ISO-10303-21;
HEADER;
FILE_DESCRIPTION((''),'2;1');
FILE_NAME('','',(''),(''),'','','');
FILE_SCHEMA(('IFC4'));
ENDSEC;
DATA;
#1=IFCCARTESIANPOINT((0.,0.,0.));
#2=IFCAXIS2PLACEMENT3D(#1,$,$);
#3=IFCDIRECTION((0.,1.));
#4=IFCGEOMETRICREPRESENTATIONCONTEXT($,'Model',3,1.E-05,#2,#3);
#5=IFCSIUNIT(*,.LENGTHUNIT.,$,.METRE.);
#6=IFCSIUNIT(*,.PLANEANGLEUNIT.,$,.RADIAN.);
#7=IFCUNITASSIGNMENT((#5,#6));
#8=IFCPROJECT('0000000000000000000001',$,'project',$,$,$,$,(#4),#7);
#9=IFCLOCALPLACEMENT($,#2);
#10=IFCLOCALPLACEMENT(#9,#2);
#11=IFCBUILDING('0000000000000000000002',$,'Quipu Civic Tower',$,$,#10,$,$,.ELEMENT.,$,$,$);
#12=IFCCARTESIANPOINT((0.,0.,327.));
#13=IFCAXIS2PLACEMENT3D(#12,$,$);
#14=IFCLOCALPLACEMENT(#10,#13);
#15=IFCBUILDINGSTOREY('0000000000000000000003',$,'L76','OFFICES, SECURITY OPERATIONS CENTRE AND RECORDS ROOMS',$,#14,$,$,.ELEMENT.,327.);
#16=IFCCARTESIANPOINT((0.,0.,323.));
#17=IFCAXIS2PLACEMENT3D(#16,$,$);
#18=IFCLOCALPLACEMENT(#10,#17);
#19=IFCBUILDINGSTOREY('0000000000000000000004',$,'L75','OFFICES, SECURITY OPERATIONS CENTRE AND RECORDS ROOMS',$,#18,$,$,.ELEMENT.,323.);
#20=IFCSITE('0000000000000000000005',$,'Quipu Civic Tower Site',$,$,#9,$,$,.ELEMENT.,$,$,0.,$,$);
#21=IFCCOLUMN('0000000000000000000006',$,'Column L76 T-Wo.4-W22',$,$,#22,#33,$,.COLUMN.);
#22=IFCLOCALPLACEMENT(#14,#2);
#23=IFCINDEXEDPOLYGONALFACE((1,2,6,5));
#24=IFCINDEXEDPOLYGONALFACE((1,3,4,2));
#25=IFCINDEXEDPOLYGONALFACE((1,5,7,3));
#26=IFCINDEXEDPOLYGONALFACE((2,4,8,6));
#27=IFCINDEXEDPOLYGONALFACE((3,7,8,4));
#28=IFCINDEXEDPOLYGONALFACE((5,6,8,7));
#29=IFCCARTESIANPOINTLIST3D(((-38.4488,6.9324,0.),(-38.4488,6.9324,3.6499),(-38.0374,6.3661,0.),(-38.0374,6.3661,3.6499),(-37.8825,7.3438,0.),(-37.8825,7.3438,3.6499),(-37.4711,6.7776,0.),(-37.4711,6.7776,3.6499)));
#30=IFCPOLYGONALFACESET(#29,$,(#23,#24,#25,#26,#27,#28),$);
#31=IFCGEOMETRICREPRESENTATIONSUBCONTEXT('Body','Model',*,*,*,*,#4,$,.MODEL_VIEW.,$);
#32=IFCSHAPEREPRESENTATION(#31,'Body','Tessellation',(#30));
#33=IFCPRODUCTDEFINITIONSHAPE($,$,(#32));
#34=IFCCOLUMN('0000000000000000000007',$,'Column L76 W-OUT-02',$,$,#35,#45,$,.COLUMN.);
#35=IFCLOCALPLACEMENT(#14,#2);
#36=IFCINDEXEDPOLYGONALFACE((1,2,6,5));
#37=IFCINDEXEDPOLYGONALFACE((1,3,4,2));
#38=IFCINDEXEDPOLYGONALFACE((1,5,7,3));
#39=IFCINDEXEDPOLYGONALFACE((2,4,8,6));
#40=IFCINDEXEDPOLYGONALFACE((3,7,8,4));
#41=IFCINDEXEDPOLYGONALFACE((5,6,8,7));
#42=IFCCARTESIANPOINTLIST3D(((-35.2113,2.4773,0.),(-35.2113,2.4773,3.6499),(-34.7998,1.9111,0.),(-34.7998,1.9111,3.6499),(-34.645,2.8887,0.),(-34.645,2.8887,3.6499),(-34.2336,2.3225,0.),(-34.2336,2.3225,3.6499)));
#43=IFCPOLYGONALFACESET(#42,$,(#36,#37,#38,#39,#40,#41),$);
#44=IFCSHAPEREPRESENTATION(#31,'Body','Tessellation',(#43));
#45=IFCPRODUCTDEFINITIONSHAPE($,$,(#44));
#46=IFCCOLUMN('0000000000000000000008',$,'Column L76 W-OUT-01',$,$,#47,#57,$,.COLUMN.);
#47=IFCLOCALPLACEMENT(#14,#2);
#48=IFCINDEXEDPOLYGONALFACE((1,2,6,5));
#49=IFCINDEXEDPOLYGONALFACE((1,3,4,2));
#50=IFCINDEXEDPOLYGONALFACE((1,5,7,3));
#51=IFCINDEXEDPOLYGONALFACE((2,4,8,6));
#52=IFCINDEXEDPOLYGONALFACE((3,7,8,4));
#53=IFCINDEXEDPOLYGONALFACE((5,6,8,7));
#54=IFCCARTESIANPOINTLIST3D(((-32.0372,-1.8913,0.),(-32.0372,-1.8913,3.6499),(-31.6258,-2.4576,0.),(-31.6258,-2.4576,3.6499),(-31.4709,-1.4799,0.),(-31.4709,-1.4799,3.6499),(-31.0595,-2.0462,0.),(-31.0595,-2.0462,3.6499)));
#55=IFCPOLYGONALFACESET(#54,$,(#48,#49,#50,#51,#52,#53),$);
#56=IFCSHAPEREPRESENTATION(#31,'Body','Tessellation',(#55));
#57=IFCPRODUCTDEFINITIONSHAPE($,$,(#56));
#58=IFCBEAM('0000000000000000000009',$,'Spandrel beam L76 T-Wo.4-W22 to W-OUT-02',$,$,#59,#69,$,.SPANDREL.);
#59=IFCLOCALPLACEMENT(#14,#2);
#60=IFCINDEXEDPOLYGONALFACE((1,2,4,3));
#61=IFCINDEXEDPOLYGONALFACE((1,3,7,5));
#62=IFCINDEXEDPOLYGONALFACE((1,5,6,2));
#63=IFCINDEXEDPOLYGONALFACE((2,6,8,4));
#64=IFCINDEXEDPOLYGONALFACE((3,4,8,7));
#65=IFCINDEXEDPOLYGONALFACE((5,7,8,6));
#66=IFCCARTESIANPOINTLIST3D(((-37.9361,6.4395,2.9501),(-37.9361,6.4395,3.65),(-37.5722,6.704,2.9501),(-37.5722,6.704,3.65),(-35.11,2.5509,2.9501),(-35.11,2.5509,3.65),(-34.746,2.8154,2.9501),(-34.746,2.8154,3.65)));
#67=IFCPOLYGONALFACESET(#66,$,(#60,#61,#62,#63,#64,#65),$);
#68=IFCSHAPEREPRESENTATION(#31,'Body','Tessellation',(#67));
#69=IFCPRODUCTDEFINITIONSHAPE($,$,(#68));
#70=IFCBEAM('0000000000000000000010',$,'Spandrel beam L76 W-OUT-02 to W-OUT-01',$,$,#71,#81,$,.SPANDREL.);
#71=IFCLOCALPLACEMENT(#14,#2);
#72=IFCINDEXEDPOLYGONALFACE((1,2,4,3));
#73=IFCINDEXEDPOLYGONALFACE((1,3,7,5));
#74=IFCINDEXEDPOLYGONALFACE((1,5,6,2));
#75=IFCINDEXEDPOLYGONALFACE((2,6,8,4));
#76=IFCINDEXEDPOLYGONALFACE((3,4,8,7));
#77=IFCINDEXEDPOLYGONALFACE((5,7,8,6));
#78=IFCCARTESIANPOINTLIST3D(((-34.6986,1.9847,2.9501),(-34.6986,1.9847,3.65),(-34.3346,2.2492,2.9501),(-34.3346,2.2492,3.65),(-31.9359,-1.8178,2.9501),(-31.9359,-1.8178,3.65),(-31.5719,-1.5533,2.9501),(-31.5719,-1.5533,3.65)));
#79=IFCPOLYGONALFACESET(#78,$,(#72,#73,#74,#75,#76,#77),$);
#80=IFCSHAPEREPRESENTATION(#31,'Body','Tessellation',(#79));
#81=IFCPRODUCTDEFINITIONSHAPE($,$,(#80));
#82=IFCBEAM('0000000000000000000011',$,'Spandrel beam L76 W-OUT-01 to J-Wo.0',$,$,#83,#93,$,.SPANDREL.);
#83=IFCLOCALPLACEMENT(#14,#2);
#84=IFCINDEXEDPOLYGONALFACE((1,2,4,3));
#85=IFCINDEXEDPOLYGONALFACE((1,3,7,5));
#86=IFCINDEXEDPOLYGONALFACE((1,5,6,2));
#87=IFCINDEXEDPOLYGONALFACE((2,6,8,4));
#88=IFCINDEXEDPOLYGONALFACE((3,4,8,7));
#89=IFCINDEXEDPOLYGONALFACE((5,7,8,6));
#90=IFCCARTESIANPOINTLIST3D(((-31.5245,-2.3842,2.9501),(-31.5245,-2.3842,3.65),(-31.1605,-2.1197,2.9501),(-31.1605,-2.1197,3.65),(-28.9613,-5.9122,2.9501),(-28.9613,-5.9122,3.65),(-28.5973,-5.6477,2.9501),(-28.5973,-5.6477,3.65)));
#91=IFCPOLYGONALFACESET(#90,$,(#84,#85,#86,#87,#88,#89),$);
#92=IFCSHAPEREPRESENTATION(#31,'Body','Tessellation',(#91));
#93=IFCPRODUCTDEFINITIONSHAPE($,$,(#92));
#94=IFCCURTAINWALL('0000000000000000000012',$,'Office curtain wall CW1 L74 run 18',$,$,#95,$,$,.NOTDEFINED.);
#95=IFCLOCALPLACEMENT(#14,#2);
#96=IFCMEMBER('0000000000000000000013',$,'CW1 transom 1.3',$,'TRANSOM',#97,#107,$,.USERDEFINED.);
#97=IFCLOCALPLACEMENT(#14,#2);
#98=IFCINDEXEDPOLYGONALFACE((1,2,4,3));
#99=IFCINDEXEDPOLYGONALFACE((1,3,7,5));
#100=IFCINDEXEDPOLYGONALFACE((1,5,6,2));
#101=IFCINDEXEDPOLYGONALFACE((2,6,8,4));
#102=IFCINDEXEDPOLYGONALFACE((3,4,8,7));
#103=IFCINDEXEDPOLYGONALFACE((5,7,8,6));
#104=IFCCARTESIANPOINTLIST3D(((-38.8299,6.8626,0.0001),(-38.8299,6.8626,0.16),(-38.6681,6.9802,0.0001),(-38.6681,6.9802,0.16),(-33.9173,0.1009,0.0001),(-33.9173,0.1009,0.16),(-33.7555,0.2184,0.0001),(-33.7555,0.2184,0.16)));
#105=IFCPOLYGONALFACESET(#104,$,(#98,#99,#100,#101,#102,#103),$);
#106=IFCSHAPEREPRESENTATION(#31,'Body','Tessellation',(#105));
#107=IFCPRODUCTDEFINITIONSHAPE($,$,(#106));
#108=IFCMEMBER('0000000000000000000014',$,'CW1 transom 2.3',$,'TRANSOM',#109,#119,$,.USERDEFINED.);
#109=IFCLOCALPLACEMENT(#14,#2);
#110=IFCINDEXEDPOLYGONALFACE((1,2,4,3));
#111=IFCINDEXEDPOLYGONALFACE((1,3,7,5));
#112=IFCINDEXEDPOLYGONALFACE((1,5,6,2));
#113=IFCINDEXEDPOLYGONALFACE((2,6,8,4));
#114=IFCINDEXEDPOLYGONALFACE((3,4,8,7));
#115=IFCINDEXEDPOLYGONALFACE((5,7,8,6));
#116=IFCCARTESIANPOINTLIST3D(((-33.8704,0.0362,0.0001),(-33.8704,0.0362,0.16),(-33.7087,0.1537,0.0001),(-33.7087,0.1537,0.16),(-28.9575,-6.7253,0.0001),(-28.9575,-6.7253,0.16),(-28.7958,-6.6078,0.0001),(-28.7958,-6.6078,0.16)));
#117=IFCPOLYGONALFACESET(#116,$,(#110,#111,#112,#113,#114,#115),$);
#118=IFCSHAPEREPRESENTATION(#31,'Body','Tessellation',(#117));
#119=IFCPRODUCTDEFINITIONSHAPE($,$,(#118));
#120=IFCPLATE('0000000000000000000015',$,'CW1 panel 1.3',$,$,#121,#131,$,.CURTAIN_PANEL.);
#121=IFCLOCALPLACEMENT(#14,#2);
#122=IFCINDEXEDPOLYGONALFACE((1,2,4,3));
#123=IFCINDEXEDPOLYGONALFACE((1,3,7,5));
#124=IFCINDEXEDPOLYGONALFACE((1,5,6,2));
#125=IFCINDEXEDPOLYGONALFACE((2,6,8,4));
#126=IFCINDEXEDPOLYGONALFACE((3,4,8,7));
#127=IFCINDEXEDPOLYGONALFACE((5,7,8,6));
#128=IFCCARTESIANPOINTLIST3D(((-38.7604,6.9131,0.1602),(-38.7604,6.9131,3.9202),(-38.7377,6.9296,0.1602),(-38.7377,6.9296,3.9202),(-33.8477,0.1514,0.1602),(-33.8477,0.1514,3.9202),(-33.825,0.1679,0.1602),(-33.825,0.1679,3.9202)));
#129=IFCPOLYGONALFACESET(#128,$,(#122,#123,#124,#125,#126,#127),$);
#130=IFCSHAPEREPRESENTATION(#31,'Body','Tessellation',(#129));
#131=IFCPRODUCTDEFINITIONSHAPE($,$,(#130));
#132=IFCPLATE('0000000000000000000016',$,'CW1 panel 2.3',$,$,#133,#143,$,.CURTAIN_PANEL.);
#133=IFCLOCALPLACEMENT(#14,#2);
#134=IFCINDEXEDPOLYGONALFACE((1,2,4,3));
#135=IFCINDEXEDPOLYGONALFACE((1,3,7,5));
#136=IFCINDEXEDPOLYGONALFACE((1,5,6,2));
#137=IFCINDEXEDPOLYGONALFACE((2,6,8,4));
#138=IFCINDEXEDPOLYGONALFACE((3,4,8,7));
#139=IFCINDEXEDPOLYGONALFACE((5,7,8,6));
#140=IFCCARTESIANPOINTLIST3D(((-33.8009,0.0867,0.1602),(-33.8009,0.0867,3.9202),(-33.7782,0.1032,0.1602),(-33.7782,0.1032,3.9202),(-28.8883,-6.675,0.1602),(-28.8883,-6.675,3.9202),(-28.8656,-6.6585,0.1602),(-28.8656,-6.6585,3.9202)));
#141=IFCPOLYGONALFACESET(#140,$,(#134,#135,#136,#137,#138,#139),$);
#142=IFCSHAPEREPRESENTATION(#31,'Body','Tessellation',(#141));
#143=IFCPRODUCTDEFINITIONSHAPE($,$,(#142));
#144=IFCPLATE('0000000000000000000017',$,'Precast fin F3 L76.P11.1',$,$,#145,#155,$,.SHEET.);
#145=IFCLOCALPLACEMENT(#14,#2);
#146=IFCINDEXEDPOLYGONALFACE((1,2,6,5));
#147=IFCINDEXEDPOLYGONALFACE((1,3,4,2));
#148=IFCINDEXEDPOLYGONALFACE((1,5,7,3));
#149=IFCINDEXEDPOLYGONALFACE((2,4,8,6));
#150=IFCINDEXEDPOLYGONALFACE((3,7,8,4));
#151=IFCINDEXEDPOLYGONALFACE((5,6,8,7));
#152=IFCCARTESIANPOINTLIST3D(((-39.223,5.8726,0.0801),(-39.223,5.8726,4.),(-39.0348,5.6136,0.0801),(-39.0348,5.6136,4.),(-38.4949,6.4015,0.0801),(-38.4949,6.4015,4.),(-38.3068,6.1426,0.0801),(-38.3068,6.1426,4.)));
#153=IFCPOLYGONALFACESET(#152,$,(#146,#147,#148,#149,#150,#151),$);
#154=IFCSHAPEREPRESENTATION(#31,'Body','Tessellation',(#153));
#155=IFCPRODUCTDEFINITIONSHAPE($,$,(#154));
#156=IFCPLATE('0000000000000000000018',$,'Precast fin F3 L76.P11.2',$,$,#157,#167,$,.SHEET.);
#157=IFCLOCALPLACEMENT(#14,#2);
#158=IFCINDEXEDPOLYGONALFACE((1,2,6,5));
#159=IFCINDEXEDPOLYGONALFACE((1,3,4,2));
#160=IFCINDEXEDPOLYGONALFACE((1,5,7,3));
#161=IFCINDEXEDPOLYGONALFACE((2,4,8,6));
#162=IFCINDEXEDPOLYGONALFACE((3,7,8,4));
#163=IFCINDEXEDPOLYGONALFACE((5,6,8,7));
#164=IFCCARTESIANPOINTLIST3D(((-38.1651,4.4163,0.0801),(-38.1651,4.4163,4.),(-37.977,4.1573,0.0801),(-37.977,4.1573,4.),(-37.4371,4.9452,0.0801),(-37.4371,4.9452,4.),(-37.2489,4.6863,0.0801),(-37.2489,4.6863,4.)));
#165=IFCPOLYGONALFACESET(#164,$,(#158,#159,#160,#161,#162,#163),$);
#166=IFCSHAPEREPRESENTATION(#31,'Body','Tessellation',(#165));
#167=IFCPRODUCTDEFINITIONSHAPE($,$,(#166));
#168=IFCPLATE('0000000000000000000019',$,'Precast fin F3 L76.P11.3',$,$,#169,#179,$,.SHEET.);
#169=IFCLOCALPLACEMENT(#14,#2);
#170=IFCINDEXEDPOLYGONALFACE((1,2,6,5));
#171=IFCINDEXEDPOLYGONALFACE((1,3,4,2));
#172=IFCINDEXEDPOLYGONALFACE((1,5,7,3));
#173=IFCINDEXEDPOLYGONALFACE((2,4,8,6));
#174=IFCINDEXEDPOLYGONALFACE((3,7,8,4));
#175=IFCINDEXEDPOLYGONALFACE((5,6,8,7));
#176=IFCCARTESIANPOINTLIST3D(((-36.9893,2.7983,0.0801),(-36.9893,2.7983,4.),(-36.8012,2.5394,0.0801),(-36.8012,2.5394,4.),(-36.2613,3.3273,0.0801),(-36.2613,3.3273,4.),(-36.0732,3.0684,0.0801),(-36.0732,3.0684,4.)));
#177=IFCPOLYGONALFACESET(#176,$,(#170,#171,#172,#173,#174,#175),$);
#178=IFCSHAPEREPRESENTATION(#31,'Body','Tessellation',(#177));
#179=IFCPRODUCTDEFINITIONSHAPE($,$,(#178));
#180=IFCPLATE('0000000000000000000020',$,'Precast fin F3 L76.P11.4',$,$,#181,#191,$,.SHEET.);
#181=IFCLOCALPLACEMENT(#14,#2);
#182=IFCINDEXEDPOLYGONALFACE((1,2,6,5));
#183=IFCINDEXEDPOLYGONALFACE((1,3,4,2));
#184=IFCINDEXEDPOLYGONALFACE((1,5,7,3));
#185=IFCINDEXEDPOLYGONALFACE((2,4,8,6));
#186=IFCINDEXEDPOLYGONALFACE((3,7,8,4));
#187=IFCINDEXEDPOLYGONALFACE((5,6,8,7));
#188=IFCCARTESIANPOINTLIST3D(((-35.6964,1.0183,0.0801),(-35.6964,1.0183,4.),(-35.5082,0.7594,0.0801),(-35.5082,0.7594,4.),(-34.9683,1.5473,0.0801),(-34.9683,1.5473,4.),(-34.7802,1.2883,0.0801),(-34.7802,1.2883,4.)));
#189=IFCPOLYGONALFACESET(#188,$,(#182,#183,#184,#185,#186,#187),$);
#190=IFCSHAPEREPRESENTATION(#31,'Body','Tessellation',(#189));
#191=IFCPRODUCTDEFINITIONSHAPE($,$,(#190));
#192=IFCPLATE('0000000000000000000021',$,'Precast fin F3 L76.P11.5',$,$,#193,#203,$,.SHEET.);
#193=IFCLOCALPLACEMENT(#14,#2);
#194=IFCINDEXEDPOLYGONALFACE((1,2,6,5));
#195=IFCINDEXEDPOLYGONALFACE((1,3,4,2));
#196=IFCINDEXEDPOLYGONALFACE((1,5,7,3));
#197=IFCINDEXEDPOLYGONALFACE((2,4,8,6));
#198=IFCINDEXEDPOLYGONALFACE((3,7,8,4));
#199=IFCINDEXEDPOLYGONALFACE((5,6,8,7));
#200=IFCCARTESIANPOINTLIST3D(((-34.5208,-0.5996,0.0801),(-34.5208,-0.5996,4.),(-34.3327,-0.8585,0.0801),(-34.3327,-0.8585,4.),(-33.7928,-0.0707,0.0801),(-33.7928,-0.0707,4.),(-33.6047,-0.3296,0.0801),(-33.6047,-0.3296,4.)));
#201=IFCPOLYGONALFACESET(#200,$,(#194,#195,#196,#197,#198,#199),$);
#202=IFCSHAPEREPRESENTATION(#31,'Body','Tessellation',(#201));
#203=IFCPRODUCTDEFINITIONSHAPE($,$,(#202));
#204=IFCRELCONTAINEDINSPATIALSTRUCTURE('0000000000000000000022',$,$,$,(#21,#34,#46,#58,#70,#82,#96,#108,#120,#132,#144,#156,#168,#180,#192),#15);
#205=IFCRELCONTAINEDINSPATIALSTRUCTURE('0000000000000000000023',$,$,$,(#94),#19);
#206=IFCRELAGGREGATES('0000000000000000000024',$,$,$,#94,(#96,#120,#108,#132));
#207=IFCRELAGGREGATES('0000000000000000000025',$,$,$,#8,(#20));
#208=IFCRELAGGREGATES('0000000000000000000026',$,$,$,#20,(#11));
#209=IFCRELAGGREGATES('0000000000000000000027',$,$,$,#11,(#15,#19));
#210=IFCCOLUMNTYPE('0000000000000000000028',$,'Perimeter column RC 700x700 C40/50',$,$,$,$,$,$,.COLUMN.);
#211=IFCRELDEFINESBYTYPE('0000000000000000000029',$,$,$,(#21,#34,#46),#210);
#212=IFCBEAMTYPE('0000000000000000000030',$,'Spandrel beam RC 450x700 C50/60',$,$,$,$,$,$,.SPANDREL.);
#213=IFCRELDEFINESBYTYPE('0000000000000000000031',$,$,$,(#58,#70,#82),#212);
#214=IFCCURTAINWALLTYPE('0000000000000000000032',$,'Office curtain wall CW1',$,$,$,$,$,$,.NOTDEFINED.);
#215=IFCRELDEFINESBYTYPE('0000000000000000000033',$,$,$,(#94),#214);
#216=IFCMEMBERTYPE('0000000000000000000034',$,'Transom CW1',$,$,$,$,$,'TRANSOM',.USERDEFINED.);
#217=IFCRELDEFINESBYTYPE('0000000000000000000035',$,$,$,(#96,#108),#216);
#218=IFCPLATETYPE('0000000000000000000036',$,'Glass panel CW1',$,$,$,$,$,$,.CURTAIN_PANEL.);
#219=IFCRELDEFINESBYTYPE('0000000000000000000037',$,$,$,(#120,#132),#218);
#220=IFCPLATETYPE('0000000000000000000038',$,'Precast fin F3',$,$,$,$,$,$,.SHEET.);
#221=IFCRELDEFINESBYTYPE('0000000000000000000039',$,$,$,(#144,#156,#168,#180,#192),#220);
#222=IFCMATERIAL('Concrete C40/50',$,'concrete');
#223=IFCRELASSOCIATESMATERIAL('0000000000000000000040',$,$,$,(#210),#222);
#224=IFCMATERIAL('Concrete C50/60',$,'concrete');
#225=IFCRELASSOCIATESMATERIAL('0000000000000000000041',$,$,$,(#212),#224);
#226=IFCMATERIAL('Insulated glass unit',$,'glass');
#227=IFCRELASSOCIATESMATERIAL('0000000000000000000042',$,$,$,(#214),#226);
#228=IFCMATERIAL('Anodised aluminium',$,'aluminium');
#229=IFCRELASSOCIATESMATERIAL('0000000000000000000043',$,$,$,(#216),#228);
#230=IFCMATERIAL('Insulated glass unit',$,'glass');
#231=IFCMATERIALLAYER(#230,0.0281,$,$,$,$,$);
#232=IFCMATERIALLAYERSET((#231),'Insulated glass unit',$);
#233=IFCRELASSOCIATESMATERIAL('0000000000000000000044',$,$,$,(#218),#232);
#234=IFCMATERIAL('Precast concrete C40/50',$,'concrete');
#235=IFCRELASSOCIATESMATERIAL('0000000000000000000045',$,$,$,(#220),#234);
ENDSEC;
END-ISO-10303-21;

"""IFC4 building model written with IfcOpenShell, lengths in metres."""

from ifc_helpers import new_model, si_unit, direction, frame, origin, origin_2d, place, context, subcontext, project, spatial, rectangle, extrude, material, layer, layer_set, material_profile, profile_set, type_object, element, aggregate, save


model = new_model("IFC4")

# Units and contexts
model_context = context("Model", 3, precision=1e-05, world=origin(), true_north=direction((0.0, 1.0)))
body_context = subcontext(model_context, "Body", "Model", "MODEL_VIEW")
ifc_project = project(units=[si_unit("LENGTHUNIT", "METRE"), si_unit("PLANEANGLEUNIT", "RADIAN")], contexts=[model_context])

# Site, building, storey
site_placement = place(None, origin())
site = spatial("IfcSite", under=ifc_project, at=site_placement, Name="Quipu Civic Tower Site", CompositionType="ELEMENT", RefElevation=0.0)
building_placement = place(site_placement, origin())
building = spatial("IfcBuilding", under=site, at=building_placement, Name="Quipu Civic Tower", CompositionType="ELEMENT")
storey_1_placement = place(building_placement, frame((0.0, 0.0, 327.0)))
storey_1 = spatial("IfcBuildingStorey", under=building, at=storey_1_placement, Name="L76", Description="OFFICES, SECURITY OPERATIONS CENTRE AND RECORDS ROOMS", CompositionType="ELEMENT", Elevation=327.0)

# Columns
ifc_material_1 = material(Name="Concrete C40/50", Category="concrete")
ifc_material_profile_1 = material_profile(ifc_material_1, rectangle(XDim=0.7, YDim=0.7, at=origin_2d()), Name="RC700x700")
ifc_profile_set_1 = profile_set([ifc_material_profile_1], Name="Concrete C40/50")
column_type = type_object("IfcColumnType", Name="Perimeter column RC 700x700 C40/50", PredefinedType="COLUMN", material=ifc_profile_set_1)
for number, where, z_axis, x_axis, name in (
    (1, (-37.96, 6.855, 0.0), (0.0, 0.0, 1.0), (0.587785, -0.809017, 0.0), "Column L76 T-Wo.4-W22"),
    (2, (-34.7224, 2.3999, 0.0), (0.0, 0.0, 1.0), (0.587785, -0.809017, 0.0), "Column L76 W-OUT-02"),
    (3, (-31.5483, -1.9688, 0.0), (0.0, 0.0, 1.0), (0.587785, -0.809017, 0.0), "Column L76 W-OUT-01"),
):
    element("IfcColumn", number, at=place(storey_1_placement, frame(where, z_axis=z_axis, x_axis=x_axis)), inside=storey_1, type_object=column_type, Name=name, PredefinedType="COLUMN", context=body_context, shape_type="SweptSolid", body=[
        extrude(rectangle(XDim=0.7, YDim=0.7, at=origin_2d()), origin(), (0.0, 0.0, 1.0), 3.6499),
    ])

# Beams
ifc_material_2 = material(Name="Concrete C50/60", Category="concrete")
ifc_material_profile_2 = material_profile(ifc_material_2, rectangle(XDim=0.45, YDim=0.7, at=origin_2d()), Name="RC450x700")
ifc_profile_set_2 = profile_set([ifc_material_profile_2], Name="Concrete C50/60")
beam_type = type_object("IfcBeamType", Name="Spandrel beam RC 450x700 C50/60", PredefinedType="SPANDREL", material=ifc_profile_set_2)
beam_1_placement = place(storey_1_placement, frame((-37.7542, 6.5718, 3.3), z_axis=(0.587906, -0.808929, 0.0), x_axis=(0.808929, 0.587906, 0.0)))
element("IfcBeam", 4, at=beam_1_placement, inside=storey_1, type_object=beam_type, Name="Spandrel beam L76 T-Wo.4-W22 to W-OUT-02", PredefinedType="SPANDREL", context=body_context, shape_type="SweptSolid", body=[
    extrude(rectangle(XDim=0.45, YDim=0.7, at=origin_2d()), origin(), (0.0, 0.0, 1.0), 4.8071),
])
beam_2_placement = place(storey_1_placement, frame((-34.5166, 2.1169, 3.3), z_axis=(0.587789, -0.809015, 0.0), x_axis=(0.809015, 0.587789, 0.0)))
element("IfcBeam", 5, at=beam_2_placement, inside=storey_1, type_object=beam_type, Name="Spandrel beam L76 W-OUT-02 to W-OUT-01", PredefinedType="SPANDREL", context=body_context, shape_type="SweptSolid", body=[
    extrude(rectangle(XDim=0.45, YDim=0.7, at=origin_2d()), origin(), (0.0, 0.0, 1.0), 4.7002),
])
beam_3_placement = place(storey_1_placement, frame((-31.3425, -2.252, 3.3), z_axis=(0.587776, -0.809024, 0.0), x_axis=(0.809024, 0.587776, 0.0)))
element("IfcBeam", 6, at=beam_3_placement, inside=storey_1, type_object=beam_type, Name="Spandrel beam L76 W-OUT-01 to J-Wo.0", PredefinedType="SPANDREL", context=body_context, shape_type="SweptSolid", body=[
    extrude(rectangle(XDim=0.45, YDim=0.7, at=origin_2d()), origin(), (0.0, 0.0, 1.0), 4.3608),
])

# Shared definitions
storey_2_placement = place(building_placement, frame((0.0, 0.0, 323.0)))
storey_2 = spatial("IfcBuildingStorey", under=building, at=storey_2_placement, Name="L75", Description="OFFICES, SECURITY OPERATIONS CENTRE AND RECORDS ROOMS", CompositionType="ELEMENT", Elevation=323.0)

# Curtain wall, members, plates
ifc_material_3 = material(Name="Insulated glass unit", Category="glass")
curtain_wall_type = type_object("IfcCurtainWallType", Name="Office curtain wall CW1", PredefinedType="NOTDEFINED", material=ifc_material_3)
curtain_wall_placement = place(storey_2_placement, origin())
curtain_wall = element("IfcCurtainWall", 7, at=curtain_wall_placement, inside=storey_2, type_object=curtain_wall_type, Name="Office curtain wall CW1 L74 run 18", PredefinedType="NOTDEFINED")
ifc_material_4 = material(Name="Anodised aluminium", Category="aluminium")
ifc_material_profile_3 = material_profile(ifc_material_4, rectangle(XDim=0.2, YDim=0.1599, at=origin_2d()), Name="RECT 200x160")
ifc_profile_set_3 = profile_set([ifc_material_profile_3], Name="Anodised aluminium")
member_type = type_object("IfcMemberType", Name="Transom CW1", ElementType="TRANSOM", PredefinedType="USERDEFINED", material=ifc_profile_set_3)
member_1_placement = place(storey_1_placement, frame((-38.749, 6.9214, 0.0801), z_axis=(0.587779, -0.809021, 0.0), x_axis=(0.809021, 0.587779, 0.0)))
member_1 = element("IfcMember", 8, at=member_1_placement, inside=storey_1, type_object=member_type, Name="CW1 transom 1.3", ObjectType="TRANSOM", PredefinedType="USERDEFINED", context=body_context, shape_type="SweptSolid", body=[
    extrude(rectangle(XDim=0.2, YDim=0.1599, at=origin_2d()), origin(), (0.0, 0.0, 1.0), 8.3579),
])
member_2_placement = place(storey_1_placement, frame((-33.7896, 0.095, 0.0801), z_axis=(0.587812, -0.808997, 0.0), x_axis=(0.808997, 0.587812, 0.0)))
member_2 = element("IfcMember", 9, at=member_2_placement, inside=storey_1, type_object=member_type, Name="CW1 transom 2.3", ObjectType="TRANSOM", PredefinedType="USERDEFINED", context=body_context, shape_type="SweptSolid", body=[
    extrude(rectangle(XDim=0.2, YDim=0.1599, at=origin_2d()), origin(), (0.0, 0.0, 1.0), 8.3579),
])
ifc_material_5 = material(Name="Insulated glass unit", Category="glass")
ifc_layer_1 = layer(ifc_material_5, 0.0281)
ifc_layer_set_1 = layer_set([ifc_layer_1], Name="Insulated glass unit")
plate_type_1 = type_object("IfcPlateType", Name="Glass panel CW1", PredefinedType="CURTAIN_PANEL", material=ifc_layer_set_1)
plate_1_placement = place(storey_1_placement, frame((-36.2927, 3.5405, 0.1602), z_axis=(0.0, 0.0, 1.0), x_axis=(0.587786, -0.809016, 0.0)))
plate_1 = element("IfcPlate", 10, at=plate_1_placement, inside=storey_1, type_object=plate_type_1, Name="CW1 panel 1.3", PredefinedType="CURTAIN_PANEL", context=body_context, shape_type="SweptSolid", body=[
    extrude(rectangle(XDim=8.3579, YDim=0.0281, at=origin_2d()), origin(), (0.0, 0.0, 1.0), 3.76),
])
plate_2_placement = place(storey_1_placement, frame((-31.3333, -3.2859, 0.1602), z_axis=(0.0, 0.0, 1.0), x_axis=(0.587786, -0.809016, 0.0)))
plate_2 = element("IfcPlate", 11, at=plate_2_placement, inside=storey_1, type_object=plate_type_1, Name="CW1 panel 2.3", PredefinedType="CURTAIN_PANEL", context=body_context, shape_type="SweptSolid", body=[
    extrude(rectangle(XDim=8.3579, YDim=0.0281, at=origin_2d()), origin(), (0.0, 0.0, 1.0), 3.76),
])
aggregate(curtain_wall, [member_1, plate_1, member_2, plate_2])

# Plates
ifc_material_6 = material(Name="Precast concrete C40/50", Category="concrete")
plate_type_2 = type_object("IfcPlateType", Name="Precast fin F3", PredefinedType="SHEET", material=ifc_material_6)
for number, where, z_axis, x_axis, name in (
    (12, (-38.7649, 6.0076, 0.0801), (0.0, 0.0, 1.0), (0.587787, -0.809016, 0.0), "Precast fin F3 L76.P11.1"),
    (13, (-37.707, 4.5513, 0.0801), (0.0, 0.0, 1.0), (0.587787, -0.809016, 0.0), "Precast fin F3 L76.P11.2"),
    (14, (-36.5312, 2.9333, 0.0801), (0.0, 0.0, 1.0), (0.587787, -0.809016, 0.0), "Precast fin F3 L76.P11.3"),
    (15, (-35.2383, 1.1533, 0.0801), (0.0, 0.0, 1.0), (0.587787, -0.809016, 0.0), "Precast fin F3 L76.P11.4"),
    (16, (-34.0627, -0.4646, 0.0801), (0.0, 0.0, 1.0), (0.587787, -0.809016, 0.0), "Precast fin F3 L76.P11.5"),
):
    element("IfcPlate", number, at=place(storey_1_placement, frame(where, z_axis=z_axis, x_axis=x_axis)), inside=storey_1, type_object=plate_type_2, Name=name, PredefinedType="SHEET", context=body_context, shape_type="SweptSolid", body=[
        extrude(rectangle(XDim=0.3201, YDim=0.8999, at=origin_2d()), origin(), (0.0, 0.0, 1.0), 3.9199),
    ])

save(model, "model.ifc")
